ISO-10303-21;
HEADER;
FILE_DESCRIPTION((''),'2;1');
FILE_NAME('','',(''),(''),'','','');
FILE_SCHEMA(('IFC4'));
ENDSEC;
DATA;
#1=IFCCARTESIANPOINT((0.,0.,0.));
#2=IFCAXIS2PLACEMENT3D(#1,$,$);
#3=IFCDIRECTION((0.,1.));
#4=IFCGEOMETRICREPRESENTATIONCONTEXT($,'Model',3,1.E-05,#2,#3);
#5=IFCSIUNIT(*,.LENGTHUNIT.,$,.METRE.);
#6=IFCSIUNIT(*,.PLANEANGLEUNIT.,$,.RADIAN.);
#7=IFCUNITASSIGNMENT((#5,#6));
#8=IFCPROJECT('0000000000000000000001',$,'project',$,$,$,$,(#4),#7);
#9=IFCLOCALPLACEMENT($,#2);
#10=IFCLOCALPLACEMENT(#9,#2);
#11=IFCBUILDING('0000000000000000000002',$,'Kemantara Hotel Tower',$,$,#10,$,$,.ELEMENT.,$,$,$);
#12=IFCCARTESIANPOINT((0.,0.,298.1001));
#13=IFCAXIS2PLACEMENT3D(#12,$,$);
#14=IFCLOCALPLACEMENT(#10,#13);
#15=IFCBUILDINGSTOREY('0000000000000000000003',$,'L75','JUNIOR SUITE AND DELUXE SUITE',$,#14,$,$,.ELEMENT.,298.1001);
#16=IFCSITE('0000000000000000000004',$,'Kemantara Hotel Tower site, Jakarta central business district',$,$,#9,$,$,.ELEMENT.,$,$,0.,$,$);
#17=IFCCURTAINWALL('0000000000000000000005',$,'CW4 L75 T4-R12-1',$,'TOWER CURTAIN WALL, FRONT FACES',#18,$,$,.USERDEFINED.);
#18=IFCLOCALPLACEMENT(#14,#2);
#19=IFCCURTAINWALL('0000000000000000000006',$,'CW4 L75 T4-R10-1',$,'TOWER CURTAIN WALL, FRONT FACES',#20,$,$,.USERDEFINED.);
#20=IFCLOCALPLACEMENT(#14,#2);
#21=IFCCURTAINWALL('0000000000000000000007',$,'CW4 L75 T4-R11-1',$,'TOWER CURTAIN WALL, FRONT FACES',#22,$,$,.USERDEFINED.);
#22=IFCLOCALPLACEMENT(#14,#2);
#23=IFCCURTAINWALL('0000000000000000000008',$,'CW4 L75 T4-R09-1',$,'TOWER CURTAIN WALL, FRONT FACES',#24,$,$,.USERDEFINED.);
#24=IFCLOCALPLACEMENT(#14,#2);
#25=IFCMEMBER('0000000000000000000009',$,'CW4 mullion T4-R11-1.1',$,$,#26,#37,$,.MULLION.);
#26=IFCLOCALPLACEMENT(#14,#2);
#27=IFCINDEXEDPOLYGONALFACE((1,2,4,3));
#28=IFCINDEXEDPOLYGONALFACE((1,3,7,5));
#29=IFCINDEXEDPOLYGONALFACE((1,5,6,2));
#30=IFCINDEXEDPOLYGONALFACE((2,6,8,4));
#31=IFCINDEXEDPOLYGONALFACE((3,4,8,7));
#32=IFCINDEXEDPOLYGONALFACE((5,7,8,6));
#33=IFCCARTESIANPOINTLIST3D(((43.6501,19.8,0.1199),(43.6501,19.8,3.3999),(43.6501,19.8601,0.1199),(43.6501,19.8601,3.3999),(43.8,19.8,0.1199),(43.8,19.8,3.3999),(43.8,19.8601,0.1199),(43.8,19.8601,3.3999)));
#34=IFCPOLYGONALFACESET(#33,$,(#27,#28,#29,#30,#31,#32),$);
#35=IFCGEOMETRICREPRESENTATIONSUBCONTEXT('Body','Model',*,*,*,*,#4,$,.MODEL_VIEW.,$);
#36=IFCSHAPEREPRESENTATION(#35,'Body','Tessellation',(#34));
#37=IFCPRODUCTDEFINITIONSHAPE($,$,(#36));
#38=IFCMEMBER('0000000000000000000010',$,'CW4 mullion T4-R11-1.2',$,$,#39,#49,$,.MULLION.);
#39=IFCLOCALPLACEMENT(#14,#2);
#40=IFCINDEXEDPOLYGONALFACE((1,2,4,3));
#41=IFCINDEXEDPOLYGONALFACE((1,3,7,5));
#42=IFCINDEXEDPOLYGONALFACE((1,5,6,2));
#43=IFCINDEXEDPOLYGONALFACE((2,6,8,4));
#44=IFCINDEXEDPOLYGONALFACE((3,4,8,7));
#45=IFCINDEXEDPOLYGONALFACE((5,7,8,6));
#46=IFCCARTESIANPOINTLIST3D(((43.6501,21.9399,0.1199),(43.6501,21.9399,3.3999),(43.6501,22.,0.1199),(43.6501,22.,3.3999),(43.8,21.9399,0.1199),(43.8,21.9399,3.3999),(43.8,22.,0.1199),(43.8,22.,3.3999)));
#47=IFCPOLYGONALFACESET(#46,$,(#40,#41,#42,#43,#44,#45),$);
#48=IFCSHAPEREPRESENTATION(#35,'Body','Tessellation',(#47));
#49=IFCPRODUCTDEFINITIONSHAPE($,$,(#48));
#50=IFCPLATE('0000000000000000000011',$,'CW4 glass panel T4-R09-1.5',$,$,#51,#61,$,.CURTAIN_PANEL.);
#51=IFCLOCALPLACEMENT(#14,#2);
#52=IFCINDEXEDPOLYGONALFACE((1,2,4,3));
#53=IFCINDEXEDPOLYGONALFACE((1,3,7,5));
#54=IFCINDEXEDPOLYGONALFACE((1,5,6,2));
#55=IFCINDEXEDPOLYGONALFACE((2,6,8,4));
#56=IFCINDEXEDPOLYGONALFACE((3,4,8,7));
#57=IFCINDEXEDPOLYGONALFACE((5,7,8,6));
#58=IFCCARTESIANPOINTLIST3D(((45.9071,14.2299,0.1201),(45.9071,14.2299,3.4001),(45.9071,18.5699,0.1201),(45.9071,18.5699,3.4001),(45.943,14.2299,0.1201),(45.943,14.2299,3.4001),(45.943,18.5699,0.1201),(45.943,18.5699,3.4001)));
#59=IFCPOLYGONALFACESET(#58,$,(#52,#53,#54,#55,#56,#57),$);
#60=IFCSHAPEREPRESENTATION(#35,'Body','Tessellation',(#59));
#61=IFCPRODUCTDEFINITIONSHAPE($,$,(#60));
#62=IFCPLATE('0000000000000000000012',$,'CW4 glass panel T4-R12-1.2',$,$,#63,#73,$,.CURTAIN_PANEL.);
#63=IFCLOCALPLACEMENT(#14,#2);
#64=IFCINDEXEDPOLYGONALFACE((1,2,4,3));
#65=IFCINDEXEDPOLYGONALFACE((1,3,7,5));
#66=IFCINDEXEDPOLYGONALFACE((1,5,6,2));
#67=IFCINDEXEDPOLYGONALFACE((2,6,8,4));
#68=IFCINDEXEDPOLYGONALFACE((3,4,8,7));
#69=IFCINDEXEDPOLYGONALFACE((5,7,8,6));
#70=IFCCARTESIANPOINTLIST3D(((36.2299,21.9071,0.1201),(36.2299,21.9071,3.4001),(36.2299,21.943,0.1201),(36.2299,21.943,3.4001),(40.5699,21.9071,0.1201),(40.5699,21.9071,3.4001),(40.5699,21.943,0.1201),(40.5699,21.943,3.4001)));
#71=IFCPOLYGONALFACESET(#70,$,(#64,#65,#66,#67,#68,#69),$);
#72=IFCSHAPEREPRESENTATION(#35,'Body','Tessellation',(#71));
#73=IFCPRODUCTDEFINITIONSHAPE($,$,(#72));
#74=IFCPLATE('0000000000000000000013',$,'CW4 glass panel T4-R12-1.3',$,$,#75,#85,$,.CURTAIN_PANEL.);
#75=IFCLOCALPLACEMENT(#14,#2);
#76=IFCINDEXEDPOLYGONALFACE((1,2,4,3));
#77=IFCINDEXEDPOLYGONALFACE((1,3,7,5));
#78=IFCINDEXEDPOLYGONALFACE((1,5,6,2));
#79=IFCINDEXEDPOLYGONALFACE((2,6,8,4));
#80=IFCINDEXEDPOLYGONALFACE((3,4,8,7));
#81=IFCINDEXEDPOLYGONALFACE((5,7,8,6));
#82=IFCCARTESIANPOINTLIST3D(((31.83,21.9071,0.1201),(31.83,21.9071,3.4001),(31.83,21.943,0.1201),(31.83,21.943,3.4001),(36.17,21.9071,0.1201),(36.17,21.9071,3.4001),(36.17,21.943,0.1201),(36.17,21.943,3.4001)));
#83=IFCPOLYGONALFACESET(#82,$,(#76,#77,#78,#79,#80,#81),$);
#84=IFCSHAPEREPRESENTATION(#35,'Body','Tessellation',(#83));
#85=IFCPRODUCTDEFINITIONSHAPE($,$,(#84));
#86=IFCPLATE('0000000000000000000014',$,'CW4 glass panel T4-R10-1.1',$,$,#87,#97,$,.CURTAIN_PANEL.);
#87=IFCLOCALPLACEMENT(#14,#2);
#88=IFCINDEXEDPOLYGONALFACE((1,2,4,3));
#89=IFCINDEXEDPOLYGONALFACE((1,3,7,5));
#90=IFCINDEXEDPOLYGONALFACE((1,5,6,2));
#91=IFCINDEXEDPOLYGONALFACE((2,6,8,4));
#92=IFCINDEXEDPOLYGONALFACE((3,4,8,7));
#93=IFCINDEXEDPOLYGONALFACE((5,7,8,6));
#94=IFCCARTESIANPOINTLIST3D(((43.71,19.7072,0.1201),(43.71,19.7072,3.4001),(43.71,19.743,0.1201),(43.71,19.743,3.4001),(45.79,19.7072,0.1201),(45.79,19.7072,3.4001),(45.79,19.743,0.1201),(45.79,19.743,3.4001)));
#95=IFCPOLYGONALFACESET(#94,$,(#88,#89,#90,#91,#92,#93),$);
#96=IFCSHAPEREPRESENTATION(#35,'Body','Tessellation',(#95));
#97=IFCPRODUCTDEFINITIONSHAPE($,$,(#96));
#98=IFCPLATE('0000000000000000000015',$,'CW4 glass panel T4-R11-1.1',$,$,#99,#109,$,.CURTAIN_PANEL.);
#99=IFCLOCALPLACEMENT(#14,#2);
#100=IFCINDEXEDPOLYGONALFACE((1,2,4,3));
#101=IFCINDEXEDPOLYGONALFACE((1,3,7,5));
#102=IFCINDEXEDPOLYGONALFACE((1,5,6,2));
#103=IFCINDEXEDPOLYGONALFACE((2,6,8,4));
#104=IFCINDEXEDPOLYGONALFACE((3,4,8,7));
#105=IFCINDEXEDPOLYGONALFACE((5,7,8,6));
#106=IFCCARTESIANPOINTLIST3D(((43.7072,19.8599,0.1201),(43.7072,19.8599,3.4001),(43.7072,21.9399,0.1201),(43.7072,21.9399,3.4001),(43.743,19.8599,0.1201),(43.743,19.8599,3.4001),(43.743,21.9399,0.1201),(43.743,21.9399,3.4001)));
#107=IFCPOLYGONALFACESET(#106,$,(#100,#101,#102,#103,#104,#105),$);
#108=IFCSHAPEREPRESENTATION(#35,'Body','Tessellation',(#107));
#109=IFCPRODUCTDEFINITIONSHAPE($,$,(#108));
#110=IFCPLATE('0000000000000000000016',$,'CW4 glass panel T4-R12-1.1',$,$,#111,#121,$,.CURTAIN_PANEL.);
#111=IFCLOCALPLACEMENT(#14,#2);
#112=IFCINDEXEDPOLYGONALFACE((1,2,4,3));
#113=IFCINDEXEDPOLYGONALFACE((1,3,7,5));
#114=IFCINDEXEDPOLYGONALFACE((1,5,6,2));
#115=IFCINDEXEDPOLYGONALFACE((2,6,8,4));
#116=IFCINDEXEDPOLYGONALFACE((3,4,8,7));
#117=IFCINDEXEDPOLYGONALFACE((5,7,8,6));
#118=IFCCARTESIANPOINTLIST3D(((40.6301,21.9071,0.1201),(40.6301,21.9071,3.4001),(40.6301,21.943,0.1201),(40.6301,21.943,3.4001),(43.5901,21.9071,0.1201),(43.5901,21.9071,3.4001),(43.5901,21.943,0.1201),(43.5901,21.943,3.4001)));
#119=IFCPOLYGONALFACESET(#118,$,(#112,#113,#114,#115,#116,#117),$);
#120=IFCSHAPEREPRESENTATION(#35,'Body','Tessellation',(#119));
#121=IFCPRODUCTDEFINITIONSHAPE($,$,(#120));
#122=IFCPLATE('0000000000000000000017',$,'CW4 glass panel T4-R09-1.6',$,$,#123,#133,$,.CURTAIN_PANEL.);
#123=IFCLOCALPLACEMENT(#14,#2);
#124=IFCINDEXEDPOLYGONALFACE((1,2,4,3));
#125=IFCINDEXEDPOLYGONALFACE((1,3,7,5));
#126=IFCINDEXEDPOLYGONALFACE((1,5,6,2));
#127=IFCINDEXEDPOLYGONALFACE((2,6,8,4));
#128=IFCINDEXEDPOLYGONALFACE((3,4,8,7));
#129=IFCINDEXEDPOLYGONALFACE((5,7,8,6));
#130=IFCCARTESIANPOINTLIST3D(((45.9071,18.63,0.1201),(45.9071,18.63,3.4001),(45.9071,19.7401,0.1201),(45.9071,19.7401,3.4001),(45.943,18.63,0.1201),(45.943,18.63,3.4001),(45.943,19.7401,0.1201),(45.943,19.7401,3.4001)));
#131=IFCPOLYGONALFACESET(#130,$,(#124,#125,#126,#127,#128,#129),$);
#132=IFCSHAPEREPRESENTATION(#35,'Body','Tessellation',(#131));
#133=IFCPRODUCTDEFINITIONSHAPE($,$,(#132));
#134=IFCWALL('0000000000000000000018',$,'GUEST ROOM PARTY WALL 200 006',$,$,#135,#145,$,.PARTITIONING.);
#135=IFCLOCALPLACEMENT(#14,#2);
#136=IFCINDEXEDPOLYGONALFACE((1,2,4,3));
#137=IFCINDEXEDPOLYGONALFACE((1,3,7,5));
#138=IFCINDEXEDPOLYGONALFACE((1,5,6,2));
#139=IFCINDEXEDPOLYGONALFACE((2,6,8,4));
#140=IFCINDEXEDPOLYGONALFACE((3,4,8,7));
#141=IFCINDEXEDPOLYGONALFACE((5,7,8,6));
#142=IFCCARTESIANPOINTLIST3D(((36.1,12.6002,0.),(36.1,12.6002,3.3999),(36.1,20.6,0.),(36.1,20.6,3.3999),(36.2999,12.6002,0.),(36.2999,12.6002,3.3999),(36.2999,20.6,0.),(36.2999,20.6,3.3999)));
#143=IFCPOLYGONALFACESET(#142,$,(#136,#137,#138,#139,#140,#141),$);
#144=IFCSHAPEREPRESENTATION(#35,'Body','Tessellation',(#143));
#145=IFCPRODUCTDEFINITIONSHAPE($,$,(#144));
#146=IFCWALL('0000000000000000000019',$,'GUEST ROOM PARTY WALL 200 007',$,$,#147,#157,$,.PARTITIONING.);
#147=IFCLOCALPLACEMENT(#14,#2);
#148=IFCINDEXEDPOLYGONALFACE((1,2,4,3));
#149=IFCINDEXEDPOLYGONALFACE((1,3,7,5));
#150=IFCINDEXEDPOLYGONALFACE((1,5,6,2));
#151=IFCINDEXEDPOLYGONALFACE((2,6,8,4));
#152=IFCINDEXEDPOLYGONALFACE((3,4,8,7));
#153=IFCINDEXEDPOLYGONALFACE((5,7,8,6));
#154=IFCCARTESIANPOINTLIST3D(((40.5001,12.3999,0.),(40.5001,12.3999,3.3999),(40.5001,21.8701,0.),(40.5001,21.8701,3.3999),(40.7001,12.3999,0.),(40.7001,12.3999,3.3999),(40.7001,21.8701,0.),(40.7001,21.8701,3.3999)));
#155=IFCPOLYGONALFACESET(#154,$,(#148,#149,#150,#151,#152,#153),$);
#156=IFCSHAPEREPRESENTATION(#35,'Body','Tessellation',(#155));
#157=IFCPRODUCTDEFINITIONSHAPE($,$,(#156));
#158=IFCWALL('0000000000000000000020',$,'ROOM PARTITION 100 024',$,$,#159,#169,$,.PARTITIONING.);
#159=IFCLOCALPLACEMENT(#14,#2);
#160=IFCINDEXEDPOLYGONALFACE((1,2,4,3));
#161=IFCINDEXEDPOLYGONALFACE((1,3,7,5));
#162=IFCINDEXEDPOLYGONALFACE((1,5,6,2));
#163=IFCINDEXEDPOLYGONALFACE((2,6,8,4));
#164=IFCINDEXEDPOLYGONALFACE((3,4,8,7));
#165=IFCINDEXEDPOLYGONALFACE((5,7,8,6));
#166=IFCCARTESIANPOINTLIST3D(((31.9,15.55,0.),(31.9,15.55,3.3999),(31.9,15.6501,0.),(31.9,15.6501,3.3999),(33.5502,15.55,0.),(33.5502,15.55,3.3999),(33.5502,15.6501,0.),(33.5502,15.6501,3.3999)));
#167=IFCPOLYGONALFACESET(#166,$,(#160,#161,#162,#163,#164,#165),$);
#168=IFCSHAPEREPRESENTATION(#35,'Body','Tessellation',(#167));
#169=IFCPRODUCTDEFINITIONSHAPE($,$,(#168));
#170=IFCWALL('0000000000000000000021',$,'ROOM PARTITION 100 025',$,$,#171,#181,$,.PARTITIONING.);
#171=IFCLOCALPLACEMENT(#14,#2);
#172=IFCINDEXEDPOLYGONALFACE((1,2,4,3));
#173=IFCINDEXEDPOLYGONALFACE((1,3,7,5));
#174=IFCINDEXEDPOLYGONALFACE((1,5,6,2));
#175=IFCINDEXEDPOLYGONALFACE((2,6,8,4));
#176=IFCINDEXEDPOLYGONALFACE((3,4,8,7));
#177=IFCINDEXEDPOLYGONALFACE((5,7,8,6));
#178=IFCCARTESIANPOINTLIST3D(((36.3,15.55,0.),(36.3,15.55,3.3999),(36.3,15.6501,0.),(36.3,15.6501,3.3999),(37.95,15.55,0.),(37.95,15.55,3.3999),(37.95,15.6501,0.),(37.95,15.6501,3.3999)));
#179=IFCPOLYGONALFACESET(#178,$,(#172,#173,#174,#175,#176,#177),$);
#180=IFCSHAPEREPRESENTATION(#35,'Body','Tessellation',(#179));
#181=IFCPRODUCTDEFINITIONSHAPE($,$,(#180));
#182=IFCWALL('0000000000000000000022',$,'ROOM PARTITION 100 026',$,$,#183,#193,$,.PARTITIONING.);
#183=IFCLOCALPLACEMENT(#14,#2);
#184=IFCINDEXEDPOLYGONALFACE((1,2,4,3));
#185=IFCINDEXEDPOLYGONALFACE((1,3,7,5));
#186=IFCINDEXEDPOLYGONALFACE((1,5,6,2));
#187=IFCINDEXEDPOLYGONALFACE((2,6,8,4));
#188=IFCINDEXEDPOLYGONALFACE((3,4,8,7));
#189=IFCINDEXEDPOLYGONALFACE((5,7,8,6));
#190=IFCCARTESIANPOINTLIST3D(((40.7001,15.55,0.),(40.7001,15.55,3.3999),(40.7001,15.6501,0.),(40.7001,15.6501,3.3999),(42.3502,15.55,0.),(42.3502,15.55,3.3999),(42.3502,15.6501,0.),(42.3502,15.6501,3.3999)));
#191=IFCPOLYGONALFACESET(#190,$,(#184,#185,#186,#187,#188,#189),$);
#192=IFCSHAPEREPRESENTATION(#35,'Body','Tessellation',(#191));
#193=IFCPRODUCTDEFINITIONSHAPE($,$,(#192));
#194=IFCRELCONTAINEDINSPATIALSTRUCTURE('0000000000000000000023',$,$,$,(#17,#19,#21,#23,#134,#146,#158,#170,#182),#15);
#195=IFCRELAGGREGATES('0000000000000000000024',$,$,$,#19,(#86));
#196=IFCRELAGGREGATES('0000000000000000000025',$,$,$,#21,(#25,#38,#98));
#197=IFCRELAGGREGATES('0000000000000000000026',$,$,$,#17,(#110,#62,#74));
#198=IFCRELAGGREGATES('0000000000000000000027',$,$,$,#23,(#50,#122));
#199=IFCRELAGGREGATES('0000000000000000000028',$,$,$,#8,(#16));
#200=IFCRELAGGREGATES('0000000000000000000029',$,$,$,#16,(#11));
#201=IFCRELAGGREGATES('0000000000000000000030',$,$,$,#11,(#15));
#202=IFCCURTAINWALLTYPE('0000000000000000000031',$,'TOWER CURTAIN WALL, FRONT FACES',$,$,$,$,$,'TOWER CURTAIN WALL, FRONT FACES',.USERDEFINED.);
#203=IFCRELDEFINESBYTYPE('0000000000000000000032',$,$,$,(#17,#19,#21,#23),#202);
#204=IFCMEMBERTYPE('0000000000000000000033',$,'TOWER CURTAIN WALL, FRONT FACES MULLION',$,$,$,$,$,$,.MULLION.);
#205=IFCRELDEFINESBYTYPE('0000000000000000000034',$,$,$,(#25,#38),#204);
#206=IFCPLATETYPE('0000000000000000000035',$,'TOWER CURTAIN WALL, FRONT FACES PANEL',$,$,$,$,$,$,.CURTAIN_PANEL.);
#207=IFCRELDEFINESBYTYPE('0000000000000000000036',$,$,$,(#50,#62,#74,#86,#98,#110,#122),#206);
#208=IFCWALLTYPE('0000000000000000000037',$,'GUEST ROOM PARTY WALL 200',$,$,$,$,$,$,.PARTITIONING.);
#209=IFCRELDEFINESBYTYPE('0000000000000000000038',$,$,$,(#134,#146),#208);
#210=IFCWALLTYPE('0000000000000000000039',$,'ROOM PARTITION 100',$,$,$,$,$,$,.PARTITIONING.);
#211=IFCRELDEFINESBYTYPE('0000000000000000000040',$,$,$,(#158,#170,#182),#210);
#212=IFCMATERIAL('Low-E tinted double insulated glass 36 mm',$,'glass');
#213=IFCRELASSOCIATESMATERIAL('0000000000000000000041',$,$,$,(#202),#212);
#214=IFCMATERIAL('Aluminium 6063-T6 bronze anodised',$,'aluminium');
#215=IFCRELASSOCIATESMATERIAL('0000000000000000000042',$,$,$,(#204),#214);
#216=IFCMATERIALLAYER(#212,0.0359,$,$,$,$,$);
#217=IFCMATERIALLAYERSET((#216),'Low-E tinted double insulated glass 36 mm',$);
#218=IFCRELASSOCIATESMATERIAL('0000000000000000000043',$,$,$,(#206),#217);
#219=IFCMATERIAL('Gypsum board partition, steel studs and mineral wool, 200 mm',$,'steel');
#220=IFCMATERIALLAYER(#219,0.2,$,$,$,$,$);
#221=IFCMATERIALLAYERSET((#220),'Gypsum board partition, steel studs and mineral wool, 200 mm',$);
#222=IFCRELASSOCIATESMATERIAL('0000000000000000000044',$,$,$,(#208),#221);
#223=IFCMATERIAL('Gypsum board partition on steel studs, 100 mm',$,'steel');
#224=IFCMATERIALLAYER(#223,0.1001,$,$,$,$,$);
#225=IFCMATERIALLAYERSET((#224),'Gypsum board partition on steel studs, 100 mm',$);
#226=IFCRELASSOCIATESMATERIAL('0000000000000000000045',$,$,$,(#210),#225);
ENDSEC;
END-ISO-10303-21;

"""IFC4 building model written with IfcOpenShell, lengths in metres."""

from ifc_helpers import new_model, si_unit, direction, frame, frame_2d, origin, origin_2d, place, context, subcontext, project, spatial, rectangle, extrude, source, transform, mapped, material, layer, layer_set, material_profile, profile_set, type_object, element, aggregate, save


model = new_model("IFC4")

# Units and contexts
model_context = context("Model", 3, precision=1e-05, world=origin(), true_north=direction((0.0, 1.0)))
body_context = subcontext(model_context, "Body", "Model", "MODEL_VIEW")
ifc_project = project(units=[si_unit("LENGTHUNIT", "METRE"), si_unit("PLANEANGLEUNIT", "RADIAN")], contexts=[model_context])

# Site, building, storey
site_placement = place(None, origin())
site = spatial("IfcSite", under=ifc_project, at=site_placement, Name="Kemantara Hotel Tower site, Jakarta central business district", CompositionType="ELEMENT", RefElevation=0.0)
building_placement = place(site_placement, origin())
building = spatial("IfcBuilding", under=site, at=building_placement, Name="Kemantara Hotel Tower", CompositionType="ELEMENT")
storey_placement = place(building_placement, frame((0.0, 0.0, 298.1001)))
storey = spatial("IfcBuildingStorey", under=building, at=storey_placement, Name="L75", Description="JUNIOR SUITE AND DELUXE SUITE", CompositionType="ELEMENT", Elevation=298.1001)

# Curtain walls
ifc_material_1 = material(Name="Low-E tinted double insulated glass 36 mm", Category="glass")
curtain_wall_type = type_object("IfcCurtainWallType", Name="TOWER CURTAIN WALL, FRONT FACES", ElementType="TOWER CURTAIN WALL, FRONT FACES", PredefinedType="USERDEFINED", material=ifc_material_1)
curtain_wall_1_placement = place(storey_placement, origin())
curtain_wall_1 = element("IfcCurtainWall", 1, at=curtain_wall_1_placement, inside=storey, type_object=curtain_wall_type, Name="CW4 L75 T4-R12-1", ObjectType="TOWER CURTAIN WALL, FRONT FACES", PredefinedType="USERDEFINED")
ifc_material_2 = material(Name="Aluminium 6063-T6 bronze anodised", Category="aluminium")
curtain_wall_2_placement = place(storey_placement, origin())
curtain_wall_2 = element("IfcCurtainWall", 2, at=curtain_wall_2_placement, inside=storey, type_object=curtain_wall_type, Name="CW4 L75 T4-R10-1", ObjectType="TOWER CURTAIN WALL, FRONT FACES", PredefinedType="USERDEFINED")
curtain_wall_3_placement = place(storey_placement, origin())
curtain_wall_3 = element("IfcCurtainWall", 3, at=curtain_wall_3_placement, inside=storey, type_object=curtain_wall_type, Name="CW4 L75 T4-R11-1", ObjectType="TOWER CURTAIN WALL, FRONT FACES", PredefinedType="USERDEFINED")

# Curtain wall
curtain_wall_4_placement = place(storey_placement, origin())
curtain_wall_4 = element("IfcCurtainWall", 4, at=curtain_wall_4_placement, inside=storey, type_object=curtain_wall_type, Name="CW4 L75 T4-R09-1", ObjectType="TOWER CURTAIN WALL, FRONT FACES", PredefinedType="USERDEFINED")
ifc_material_profile_1 = material_profile(ifc_material_2, rectangle(XDim=0.1499, YDim=0.0601, at=origin_2d()), Name="TOWER CURTAIN WALL, FRONT FACES MULLION")
ifc_profile_set_1 = profile_set([ifc_material_profile_1], Name="Aluminium 6063-T6 bronze anodised")
member_type_1 = type_object("IfcMemberType", Name="TOWER CURTAIN WALL, FRONT FACES MULLION", PredefinedType="MULLION", material=ifc_profile_set_1)
shared_shape_1 = source(origin(), body_context, "Body", "SweptSolid", [
    extrude(rectangle(XDim=0.1499, YDim=0.0601, at=origin_2d()), origin(), (0.0, 0.0, 1.0), 3.28),
])

# Members
member_1_placement = place(storey_placement, frame((43.7251, 19.8301, 0.1199), z_axis=(0.0, 0.0, 1.0), x_axis=(-1.0, 0.0, 0.0)))
member_1 = element("IfcMember", 5, at=member_1_placement, type_object=member_type_1, Name="CW4 mullion T4-R11-1.1", PredefinedType="MULLION", context=body_context, shape_type="MappedRepresentation", body=[
    mapped(shared_shape_1, transform((0.0, 0.0, 0.0))),
])
member_2_placement = place(storey_placement, frame((43.7251, 21.97, 0.1199), z_axis=(0.0, 0.0, 1.0), x_axis=(-1.0, 0.0, 0.0)))
member_2 = element("IfcMember", 6, at=member_2_placement, type_object=member_type_1, Name="CW4 mullion T4-R11-1.2", PredefinedType="MULLION", context=body_context, shape_type="MappedRepresentation", body=[
    mapped(shared_shape_1, transform((0.0, 0.0, 0.0))),
])

# Plates
ifc_layer_1 = layer(ifc_material_1, 0.0359)
ifc_layer_set_1 = layer_set([ifc_layer_1], Name="Low-E tinted double insulated glass 36 mm")
plate_type = type_object("IfcPlateType", Name="TOWER CURTAIN WALL, FRONT FACES PANEL", PredefinedType="CURTAIN_PANEL", material=ifc_layer_set_1)
shared_shape_2 = source(origin(), body_context, "Body", "SweptSolid", [
    extrude(rectangle(XDim=4.3401, YDim=0.0359, at=origin_2d()), origin(), (0.0, 0.0, 1.0), 3.28),
])
plate_1_placement = place(storey_placement, frame((45.925, 16.3999, 0.1201), z_axis=(0.0, 0.0, 1.0), x_axis=(0.0, 1.0, 0.0)))
plate_1 = element("IfcPlate", 7, at=plate_1_placement, type_object=plate_type, Name="CW4 glass panel T4-R09-1.5", PredefinedType="CURTAIN_PANEL", context=body_context, shape_type="MappedRepresentation", body=[
    mapped(shared_shape_2, transform((0.0, 0.0, 0.0))),
])
plate_2_placement = place(storey_placement, frame((38.3999, 21.925, 0.1201), z_axis=(0.0, 0.0, 1.0), x_axis=(-1.0, 0.0, 0.0)))
plate_2 = element("IfcPlate", 8, at=plate_2_placement, type_object=plate_type, Name="CW4 glass panel T4-R12-1.2", PredefinedType="CURTAIN_PANEL", context=body_context, shape_type="MappedRepresentation", body=[
    mapped(shared_shape_2, transform((0.0, 0.0, 0.0))),
])
plate_3_placement = place(storey_placement, frame((34.0, 21.925, 0.1201), z_axis=(0.0, 0.0, 1.0), x_axis=(-1.0, 0.0, 0.0)))
plate_3 = element("IfcPlate", 9, at=plate_3_placement, type_object=plate_type, Name="CW4 glass panel T4-R12-1.3", PredefinedType="CURTAIN_PANEL", context=body_context, shape_type="MappedRepresentation", body=[
    mapped(shared_shape_2, transform((0.0, 0.0, 0.0))),
])
shared_shape_3 = source(origin(), body_context, "Body", "SweptSolid", [
    extrude(rectangle(XDim=2.0801, YDim=0.0359, at=origin_2d()), origin(), (0.0, 0.0, 1.0), 3.28),
])
plate_4_placement = place(storey_placement, frame((44.75, 19.7251, 0.1201), z_axis=(0.0, 0.0, 1.0), x_axis=(-1.0, 0.0, 0.0)))
plate_4 = element("IfcPlate", 10, at=plate_4_placement, type_object=plate_type, Name="CW4 glass panel T4-R10-1.1", PredefinedType="CURTAIN_PANEL", context=body_context, shape_type="MappedRepresentation", body=[
    mapped(shared_shape_3, transform((0.0, 0.0, 0.0))),
])
aggregate(curtain_wall_2, [plate_4])
plate_5_placement = place(storey_placement, frame((43.7251, 20.8999, 0.1201), z_axis=(0.0, 0.0, 1.0), x_axis=(0.0, 1.0, 0.0)))
plate_5 = element("IfcPlate", 11, at=plate_5_placement, type_object=plate_type, Name="CW4 glass panel T4-R11-1.1", PredefinedType="CURTAIN_PANEL", context=body_context, shape_type="MappedRepresentation", body=[
    mapped(shared_shape_3, transform((0.0, 0.0, 0.0))),
])
aggregate(curtain_wall_3, [member_1, member_2, plate_5])
shared_shape_4 = source(origin(), body_context, "Body", "SweptSolid", [
    extrude(rectangle(XDim=2.96, YDim=0.0359, at=origin_2d()), origin(), (0.0, 0.0, 1.0), 3.28),
])
plate_6_placement = place(storey_placement, frame((42.1101, 21.925, 0.1201), z_axis=(0.0, 0.0, 1.0), x_axis=(-1.0, 0.0, 0.0)))
plate_6 = element("IfcPlate", 12, at=plate_6_placement, type_object=plate_type, Name="CW4 glass panel T4-R12-1.1", PredefinedType="CURTAIN_PANEL", context=body_context, shape_type="MappedRepresentation", body=[
    mapped(shared_shape_4, transform((0.0, 0.0, 0.0))),
])
aggregate(curtain_wall_1, [plate_6, plate_2, plate_3])
shared_shape_5 = source(origin(), body_context, "Body", "SweptSolid", [
    extrude(rectangle(XDim=1.1101, YDim=0.0359, at=origin_2d()), origin(), (0.0, 0.0, 1.0), 3.28),
])
plate_7_placement = place(storey_placement, frame((45.925, 19.1851, 0.1201), z_axis=(0.0, 0.0, 1.0), x_axis=(0.0, 1.0, 0.0)))
plate_7 = element("IfcPlate", 13, at=plate_7_placement, type_object=plate_type, Name="CW4 glass panel T4-R09-1.6", PredefinedType="CURTAIN_PANEL", context=body_context, shape_type="MappedRepresentation", body=[
    mapped(shared_shape_5, transform((0.0, 0.0, 0.0))),
])
aggregate(curtain_wall_4, [plate_1, plate_7])

# Walls
ifc_material_3 = material(Name="Gypsum board partition, steel studs and mineral wool, 200 mm", Category="steel")
ifc_layer_2 = layer(ifc_material_3, 0.2)
ifc_layer_set_2 = layer_set([ifc_layer_2], Name="Gypsum board partition, steel studs and mineral wool, 200 mm")
wall_type_1 = type_object("IfcWallType", Name="GUEST ROOM PARTY WALL 200", PredefinedType="PARTITIONING", material=ifc_layer_set_2)
wall_1_placement = place(storey_placement, frame((36.2, 12.6001, 0.0), z_axis=(0.0, 0.0, 1.0), x_axis=(0.0, 1.0, 0.0)))
element("IfcWall", 14, at=wall_1_placement, inside=storey, type_object=wall_type_1, Name="GUEST ROOM PARTY WALL 200 006", PredefinedType="PARTITIONING", context=body_context, shape_type="SweptSolid", body=[
    extrude(rectangle(XDim=7.9998, YDim=0.2, at=frame_2d((4.0, 0.0))), origin(), (0.0, 0.0, 1.0), 3.3999),
])
wall_2_placement = place(storey_placement, frame((40.6001, 12.3999, 0.0), z_axis=(0.0, 0.0, 1.0), x_axis=(0.0, 1.0, 0.0)))
element("IfcWall", 15, at=wall_2_placement, inside=storey, type_object=wall_type_1, Name="GUEST ROOM PARTY WALL 200 007", PredefinedType="PARTITIONING", context=body_context, shape_type="SweptSolid", body=[
    extrude(rectangle(XDim=9.4702, YDim=0.2, at=frame_2d((4.7351, 0.0))), origin(), (0.0, 0.0, 1.0), 3.3999),
])
ifc_material_4 = material(Name="Gypsum board partition on steel studs, 100 mm", Category="steel")
ifc_layer_3 = layer(ifc_material_4, 0.1001)
ifc_layer_set_3 = layer_set([ifc_layer_3], Name="Gypsum board partition on steel studs, 100 mm")
wall_type_2 = type_object("IfcWallType", Name="ROOM PARTITION 100", PredefinedType="PARTITIONING", material=ifc_layer_set_3)
wall_3_placement = place(storey_placement, frame((31.8999, 15.6001, 0.0), z_axis=(0.0, 0.0, 1.0), x_axis=(1.0, 0.0, 0.0)))
element("IfcWall", 16, at=wall_3_placement, inside=storey, type_object=wall_type_2, Name="ROOM PARTITION 100 024", PredefinedType="PARTITIONING", context=body_context, shape_type="SweptSolid", body=[
    extrude(rectangle(XDim=1.6501, YDim=0.1001, at=frame_2d((0.8252, 0.0))), origin(), (0.0, 0.0, 1.0), 3.3999),
])
wall_4_placement = place(storey_placement, frame((36.3, 15.6001, 0.0), z_axis=(0.0, 0.0, 1.0), x_axis=(1.0, 0.0, 0.0)))
element("IfcWall", 17, at=wall_4_placement, inside=storey, type_object=wall_type_2, Name="ROOM PARTITION 100 025", PredefinedType="PARTITIONING", context=body_context, shape_type="SweptSolid", body=[
    extrude(rectangle(XDim=1.6499, YDim=0.1001, at=frame_2d((0.825, 0.0))), origin(), (0.0, 0.0, 1.0), 3.3999),
])
wall_5_placement = place(storey_placement, frame((40.7, 15.6001, 0.0), z_axis=(0.0, 0.0, 1.0), x_axis=(1.0, 0.0, 0.0)))
element("IfcWall", 18, at=wall_5_placement, inside=storey, type_object=wall_type_2, Name="ROOM PARTITION 100 026", PredefinedType="PARTITIONING", context=body_context, shape_type="SweptSolid", body=[
    extrude(rectangle(XDim=1.6501, YDim=0.1001, at=frame_2d((0.8252, 0.0))), origin(), (0.0, 0.0, 1.0), 3.3999),
])

save(model, "model.ifc")
